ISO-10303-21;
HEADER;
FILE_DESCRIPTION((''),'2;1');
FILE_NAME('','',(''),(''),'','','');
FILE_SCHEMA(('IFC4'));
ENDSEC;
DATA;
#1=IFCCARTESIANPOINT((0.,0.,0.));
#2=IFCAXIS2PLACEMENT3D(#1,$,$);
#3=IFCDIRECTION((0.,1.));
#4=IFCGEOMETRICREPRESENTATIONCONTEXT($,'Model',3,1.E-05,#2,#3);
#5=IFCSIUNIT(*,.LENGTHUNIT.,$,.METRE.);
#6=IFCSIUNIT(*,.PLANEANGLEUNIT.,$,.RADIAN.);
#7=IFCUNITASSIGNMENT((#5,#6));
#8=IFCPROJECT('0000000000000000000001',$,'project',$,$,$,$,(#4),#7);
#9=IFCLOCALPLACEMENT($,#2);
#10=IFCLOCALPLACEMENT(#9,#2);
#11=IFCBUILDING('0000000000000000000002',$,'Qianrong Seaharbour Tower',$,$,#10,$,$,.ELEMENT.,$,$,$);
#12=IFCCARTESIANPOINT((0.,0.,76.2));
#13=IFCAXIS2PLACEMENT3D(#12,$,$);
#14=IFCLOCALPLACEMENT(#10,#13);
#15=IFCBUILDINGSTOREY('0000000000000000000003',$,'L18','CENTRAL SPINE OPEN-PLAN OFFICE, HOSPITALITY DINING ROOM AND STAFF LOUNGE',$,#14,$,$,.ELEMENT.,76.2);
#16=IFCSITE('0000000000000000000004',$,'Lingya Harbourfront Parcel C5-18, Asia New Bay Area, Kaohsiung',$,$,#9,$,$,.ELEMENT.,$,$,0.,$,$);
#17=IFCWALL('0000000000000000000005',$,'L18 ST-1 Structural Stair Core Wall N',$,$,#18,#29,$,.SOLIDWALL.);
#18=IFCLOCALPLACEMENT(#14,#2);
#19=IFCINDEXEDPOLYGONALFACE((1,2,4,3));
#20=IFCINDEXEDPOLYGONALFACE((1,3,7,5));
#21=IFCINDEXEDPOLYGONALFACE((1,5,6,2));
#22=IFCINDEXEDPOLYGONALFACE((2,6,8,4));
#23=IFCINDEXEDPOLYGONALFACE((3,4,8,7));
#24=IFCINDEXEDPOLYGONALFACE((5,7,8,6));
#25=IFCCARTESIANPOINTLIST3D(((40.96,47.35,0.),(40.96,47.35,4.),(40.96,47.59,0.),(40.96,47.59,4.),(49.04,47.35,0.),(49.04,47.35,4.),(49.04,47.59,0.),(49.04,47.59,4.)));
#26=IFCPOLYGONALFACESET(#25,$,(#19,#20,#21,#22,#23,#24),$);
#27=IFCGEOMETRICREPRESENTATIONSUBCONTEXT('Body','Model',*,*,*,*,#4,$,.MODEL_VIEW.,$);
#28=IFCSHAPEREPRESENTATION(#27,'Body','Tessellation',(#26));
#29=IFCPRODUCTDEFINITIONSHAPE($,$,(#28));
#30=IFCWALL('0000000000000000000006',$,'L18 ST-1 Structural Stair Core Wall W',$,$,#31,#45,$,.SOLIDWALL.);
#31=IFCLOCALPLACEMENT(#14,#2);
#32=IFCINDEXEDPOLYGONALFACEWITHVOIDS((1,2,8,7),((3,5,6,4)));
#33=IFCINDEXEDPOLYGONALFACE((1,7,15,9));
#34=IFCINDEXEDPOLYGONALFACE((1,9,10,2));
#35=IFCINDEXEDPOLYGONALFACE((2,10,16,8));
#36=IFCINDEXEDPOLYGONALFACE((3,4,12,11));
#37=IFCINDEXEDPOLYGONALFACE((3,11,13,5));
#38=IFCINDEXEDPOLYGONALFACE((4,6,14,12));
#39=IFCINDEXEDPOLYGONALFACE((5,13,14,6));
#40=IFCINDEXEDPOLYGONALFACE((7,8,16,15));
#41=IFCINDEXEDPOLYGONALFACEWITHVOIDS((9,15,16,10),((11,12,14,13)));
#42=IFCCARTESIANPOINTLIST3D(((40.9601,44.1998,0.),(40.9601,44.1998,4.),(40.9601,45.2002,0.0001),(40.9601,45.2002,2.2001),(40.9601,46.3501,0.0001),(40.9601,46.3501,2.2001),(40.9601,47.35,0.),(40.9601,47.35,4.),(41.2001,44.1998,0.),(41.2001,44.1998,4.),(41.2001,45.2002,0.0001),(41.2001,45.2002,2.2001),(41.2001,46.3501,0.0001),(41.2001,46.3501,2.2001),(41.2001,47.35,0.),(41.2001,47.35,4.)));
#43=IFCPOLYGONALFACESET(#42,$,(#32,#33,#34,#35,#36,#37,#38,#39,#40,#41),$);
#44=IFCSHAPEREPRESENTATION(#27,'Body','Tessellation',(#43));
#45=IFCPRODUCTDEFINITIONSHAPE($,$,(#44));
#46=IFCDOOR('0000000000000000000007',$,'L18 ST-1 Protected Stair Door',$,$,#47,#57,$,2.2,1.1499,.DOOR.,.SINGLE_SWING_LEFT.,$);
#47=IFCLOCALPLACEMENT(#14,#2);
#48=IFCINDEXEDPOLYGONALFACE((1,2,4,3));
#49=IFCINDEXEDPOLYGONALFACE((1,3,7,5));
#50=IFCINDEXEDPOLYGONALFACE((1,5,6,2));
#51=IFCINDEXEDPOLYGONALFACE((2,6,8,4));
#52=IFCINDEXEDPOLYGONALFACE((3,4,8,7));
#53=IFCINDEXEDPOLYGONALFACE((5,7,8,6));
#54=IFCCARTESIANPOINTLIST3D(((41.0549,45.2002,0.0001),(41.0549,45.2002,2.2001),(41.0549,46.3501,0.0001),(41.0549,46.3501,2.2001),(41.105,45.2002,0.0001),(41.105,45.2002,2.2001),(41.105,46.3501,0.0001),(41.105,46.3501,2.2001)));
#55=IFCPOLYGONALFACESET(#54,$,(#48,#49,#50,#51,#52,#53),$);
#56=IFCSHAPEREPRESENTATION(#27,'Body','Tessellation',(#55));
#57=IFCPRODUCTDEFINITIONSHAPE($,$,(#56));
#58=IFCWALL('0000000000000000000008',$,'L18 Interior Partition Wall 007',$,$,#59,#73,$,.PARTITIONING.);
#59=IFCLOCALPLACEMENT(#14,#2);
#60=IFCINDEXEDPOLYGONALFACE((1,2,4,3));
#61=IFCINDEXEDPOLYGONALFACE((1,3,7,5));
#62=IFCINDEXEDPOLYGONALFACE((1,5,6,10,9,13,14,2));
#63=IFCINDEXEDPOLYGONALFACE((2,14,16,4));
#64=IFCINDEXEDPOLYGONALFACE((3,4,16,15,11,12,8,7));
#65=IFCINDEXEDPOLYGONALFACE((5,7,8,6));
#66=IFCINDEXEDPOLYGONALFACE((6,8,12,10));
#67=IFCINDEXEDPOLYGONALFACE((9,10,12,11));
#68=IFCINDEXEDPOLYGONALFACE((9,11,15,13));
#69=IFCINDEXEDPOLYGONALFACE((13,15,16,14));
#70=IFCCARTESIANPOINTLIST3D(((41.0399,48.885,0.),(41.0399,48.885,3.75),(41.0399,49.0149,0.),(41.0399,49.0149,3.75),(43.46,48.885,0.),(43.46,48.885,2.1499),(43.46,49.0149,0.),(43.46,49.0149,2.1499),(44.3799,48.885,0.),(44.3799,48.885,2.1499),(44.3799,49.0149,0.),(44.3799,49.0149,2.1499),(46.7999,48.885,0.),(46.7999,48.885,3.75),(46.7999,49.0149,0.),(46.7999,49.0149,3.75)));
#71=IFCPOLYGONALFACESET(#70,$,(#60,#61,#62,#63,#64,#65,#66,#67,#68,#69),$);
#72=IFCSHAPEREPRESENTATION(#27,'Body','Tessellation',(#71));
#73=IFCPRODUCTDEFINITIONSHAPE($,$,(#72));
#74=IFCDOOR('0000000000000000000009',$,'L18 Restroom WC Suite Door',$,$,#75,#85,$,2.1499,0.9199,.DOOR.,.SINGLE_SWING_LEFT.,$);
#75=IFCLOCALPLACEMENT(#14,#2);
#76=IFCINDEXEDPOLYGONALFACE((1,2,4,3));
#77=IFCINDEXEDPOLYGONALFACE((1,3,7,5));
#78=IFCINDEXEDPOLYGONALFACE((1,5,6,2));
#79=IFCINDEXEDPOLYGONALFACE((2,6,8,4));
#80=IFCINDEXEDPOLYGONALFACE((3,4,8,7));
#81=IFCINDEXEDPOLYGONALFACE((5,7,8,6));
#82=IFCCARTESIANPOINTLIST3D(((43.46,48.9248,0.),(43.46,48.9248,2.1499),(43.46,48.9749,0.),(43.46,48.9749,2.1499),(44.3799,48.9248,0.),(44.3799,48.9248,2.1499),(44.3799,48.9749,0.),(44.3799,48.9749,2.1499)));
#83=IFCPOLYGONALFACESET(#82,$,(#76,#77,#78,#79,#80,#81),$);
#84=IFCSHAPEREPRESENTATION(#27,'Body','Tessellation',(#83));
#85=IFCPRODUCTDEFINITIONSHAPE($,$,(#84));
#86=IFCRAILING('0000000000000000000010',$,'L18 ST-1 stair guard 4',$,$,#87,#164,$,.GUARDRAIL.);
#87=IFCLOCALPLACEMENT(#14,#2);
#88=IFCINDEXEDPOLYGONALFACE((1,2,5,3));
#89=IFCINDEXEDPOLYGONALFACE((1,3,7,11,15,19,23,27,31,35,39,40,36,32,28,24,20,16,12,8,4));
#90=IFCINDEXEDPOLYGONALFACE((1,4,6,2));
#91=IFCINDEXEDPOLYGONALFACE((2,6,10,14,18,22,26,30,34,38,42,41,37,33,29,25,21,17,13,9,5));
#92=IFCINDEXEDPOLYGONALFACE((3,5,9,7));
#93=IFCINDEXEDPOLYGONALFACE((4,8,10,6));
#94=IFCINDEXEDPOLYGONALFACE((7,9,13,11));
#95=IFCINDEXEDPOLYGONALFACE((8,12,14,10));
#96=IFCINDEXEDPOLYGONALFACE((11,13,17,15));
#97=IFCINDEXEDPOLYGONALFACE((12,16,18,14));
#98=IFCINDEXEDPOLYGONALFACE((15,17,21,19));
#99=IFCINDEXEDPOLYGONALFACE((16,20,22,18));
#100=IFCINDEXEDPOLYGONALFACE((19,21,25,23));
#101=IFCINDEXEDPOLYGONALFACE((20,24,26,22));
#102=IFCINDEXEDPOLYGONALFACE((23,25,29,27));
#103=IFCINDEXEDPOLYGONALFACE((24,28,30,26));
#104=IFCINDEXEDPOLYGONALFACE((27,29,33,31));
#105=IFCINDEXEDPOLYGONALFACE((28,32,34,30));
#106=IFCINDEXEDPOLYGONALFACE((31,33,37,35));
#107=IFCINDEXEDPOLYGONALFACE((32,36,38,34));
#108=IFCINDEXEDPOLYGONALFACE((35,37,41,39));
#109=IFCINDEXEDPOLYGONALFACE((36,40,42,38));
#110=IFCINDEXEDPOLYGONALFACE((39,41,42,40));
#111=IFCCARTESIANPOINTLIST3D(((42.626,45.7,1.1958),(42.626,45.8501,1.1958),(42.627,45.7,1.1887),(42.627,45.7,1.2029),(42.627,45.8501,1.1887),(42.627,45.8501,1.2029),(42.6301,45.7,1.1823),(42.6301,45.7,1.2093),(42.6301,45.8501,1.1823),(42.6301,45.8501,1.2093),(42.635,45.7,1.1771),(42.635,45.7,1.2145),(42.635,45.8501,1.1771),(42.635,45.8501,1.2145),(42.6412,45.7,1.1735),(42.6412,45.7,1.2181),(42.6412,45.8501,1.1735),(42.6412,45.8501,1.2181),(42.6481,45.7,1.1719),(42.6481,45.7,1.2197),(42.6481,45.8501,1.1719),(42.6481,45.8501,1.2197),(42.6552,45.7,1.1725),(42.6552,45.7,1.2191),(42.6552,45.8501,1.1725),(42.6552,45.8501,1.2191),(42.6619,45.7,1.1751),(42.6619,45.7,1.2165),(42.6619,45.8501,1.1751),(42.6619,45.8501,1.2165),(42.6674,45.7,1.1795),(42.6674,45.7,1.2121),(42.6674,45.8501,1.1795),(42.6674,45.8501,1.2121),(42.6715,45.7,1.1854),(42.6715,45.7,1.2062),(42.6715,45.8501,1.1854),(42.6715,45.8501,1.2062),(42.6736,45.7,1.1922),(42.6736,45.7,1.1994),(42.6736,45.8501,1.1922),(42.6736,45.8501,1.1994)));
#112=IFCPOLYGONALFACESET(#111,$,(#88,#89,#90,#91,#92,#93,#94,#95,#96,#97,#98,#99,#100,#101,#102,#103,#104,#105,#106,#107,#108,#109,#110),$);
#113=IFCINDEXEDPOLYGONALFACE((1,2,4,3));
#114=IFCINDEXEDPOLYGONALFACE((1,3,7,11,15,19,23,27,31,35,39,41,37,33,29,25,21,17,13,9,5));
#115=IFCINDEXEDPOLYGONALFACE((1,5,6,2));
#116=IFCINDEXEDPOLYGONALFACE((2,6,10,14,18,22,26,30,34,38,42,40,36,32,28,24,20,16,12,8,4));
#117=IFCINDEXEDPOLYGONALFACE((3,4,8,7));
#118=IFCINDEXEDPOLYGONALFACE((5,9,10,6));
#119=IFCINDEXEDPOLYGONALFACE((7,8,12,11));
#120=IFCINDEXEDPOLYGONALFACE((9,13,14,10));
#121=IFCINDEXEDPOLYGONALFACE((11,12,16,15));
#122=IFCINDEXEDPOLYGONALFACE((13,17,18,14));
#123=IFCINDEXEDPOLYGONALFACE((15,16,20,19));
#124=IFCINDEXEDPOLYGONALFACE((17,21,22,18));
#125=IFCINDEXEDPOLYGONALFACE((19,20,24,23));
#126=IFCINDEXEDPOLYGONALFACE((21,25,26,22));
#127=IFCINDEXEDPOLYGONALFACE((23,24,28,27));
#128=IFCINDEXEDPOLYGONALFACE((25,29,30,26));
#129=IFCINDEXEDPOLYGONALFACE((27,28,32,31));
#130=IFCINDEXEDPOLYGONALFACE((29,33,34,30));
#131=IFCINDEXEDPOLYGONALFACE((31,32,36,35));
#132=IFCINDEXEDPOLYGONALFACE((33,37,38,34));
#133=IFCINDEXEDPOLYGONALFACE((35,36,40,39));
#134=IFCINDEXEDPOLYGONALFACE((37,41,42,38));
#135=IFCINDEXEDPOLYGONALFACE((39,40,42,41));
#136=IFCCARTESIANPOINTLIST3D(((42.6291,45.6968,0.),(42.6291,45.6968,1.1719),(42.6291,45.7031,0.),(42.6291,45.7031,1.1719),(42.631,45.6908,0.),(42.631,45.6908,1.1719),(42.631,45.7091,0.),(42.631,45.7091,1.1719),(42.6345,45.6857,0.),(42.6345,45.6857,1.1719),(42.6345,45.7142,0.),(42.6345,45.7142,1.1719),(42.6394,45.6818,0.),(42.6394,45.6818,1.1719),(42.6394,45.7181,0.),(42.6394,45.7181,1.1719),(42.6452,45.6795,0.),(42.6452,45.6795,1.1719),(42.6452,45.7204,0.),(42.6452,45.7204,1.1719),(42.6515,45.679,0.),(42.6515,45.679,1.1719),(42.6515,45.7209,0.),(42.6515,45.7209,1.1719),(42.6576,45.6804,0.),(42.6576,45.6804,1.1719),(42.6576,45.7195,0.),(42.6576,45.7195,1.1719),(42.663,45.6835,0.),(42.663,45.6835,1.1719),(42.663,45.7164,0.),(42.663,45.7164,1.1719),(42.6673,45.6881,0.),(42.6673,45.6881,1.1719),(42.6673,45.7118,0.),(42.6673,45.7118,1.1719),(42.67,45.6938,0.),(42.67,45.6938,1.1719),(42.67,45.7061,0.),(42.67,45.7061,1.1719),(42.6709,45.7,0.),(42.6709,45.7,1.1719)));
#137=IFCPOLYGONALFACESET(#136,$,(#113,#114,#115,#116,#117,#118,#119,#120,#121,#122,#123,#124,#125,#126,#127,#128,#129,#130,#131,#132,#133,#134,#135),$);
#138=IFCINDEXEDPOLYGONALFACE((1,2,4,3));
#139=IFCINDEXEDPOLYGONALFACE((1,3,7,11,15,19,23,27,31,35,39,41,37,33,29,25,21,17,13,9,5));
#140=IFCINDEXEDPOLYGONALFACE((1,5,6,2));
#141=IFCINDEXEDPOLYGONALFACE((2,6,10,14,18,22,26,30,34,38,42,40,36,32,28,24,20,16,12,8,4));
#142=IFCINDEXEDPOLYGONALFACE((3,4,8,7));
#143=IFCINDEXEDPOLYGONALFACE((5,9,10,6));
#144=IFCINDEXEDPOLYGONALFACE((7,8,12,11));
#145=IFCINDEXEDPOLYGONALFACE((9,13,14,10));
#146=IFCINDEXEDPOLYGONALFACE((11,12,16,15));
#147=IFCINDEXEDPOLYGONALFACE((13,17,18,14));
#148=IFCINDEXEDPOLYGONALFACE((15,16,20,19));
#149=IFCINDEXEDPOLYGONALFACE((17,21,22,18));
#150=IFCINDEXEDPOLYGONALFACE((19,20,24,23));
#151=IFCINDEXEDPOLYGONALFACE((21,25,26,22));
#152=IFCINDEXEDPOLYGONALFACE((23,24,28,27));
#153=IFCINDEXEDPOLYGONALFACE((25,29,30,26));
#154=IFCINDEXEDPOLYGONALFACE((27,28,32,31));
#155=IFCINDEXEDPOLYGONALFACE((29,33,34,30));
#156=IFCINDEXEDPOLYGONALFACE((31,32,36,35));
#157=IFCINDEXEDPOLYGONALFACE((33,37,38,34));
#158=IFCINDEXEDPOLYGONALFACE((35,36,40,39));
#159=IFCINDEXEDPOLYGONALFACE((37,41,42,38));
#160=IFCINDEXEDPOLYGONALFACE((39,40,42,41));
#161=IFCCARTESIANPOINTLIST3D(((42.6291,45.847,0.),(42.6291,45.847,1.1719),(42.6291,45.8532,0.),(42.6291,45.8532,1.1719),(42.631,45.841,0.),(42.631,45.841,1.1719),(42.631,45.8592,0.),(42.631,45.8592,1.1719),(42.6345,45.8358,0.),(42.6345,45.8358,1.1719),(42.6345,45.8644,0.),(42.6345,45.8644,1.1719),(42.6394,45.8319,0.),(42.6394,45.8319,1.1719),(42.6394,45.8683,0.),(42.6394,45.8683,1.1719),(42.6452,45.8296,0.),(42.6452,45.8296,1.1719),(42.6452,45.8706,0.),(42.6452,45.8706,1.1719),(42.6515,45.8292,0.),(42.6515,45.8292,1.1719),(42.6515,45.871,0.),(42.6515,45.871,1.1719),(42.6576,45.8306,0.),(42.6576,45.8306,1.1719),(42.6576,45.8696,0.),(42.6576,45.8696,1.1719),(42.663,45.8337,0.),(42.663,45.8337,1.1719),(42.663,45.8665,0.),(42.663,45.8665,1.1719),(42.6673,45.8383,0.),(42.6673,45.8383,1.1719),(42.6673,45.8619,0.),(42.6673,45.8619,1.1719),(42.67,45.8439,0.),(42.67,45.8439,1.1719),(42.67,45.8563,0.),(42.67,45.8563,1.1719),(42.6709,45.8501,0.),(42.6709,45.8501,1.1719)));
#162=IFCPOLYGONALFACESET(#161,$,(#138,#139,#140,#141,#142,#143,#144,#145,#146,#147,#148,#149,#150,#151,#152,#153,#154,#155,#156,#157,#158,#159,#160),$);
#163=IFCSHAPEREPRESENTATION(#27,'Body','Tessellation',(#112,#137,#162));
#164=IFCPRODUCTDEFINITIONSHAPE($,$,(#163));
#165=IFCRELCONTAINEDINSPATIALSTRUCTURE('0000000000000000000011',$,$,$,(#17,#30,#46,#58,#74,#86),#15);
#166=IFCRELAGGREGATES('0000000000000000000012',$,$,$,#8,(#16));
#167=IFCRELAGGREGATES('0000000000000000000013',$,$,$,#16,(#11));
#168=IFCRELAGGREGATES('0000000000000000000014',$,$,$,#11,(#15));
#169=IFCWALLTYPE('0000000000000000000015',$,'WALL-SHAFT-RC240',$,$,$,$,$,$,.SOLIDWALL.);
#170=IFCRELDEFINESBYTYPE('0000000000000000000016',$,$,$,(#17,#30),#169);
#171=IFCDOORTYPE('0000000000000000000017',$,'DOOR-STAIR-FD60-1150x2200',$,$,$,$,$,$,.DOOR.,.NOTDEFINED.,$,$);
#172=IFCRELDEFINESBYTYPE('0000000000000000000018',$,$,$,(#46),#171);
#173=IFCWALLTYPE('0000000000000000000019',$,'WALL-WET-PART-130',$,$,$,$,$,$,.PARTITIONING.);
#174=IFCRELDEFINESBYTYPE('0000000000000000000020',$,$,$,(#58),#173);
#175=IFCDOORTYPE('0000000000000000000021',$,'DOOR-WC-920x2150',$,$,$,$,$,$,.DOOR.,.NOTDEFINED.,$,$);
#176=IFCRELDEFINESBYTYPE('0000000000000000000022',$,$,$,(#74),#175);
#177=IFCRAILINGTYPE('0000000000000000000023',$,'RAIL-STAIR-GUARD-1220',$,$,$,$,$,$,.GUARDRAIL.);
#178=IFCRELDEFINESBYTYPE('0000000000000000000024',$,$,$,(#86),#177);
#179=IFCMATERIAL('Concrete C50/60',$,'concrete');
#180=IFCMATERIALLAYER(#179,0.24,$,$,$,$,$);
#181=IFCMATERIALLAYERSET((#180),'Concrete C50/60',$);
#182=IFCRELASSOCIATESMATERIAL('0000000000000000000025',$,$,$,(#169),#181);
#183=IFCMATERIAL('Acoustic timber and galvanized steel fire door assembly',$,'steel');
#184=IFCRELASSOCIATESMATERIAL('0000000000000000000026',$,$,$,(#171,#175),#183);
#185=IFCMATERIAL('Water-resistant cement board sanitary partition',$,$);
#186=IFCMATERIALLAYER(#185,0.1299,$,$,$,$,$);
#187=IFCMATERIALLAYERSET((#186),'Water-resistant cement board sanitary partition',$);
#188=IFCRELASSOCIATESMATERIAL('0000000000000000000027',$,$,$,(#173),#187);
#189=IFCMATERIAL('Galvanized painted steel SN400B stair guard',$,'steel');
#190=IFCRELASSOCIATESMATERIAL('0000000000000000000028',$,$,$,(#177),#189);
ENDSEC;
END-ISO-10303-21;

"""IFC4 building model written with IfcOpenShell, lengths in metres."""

from ifc_helpers import new_model, si_unit, direction, frame, frame_2d, origin, origin_2d, place, context, subcontext, project, spatial, rectangle, circle, extrude, material, layer, layer_set, type_object, element, fill, save


model = new_model("IFC4")

# Units and contexts
model_context = context("Model", 3, precision=1e-05, world=origin(), true_north=direction((0.0, 1.0)))
body_context = subcontext(model_context, "Body", "Model", "MODEL_VIEW")
ifc_project = project(units=[si_unit("LENGTHUNIT", "METRE"), si_unit("PLANEANGLEUNIT", "RADIAN")], contexts=[model_context])

# Site, building, storey
site_placement = place(None, origin())
site = spatial("IfcSite", under=ifc_project, at=site_placement, Name="Lingya Harbourfront Parcel C5-18, Asia New Bay Area, Kaohsiung", CompositionType="ELEMENT", RefElevation=0.0)
building_placement = place(site_placement, origin())
building = spatial("IfcBuilding", under=site, at=building_placement, Name="Qianrong Seaharbour Tower", CompositionType="ELEMENT")
storey_placement = place(building_placement, frame((0.0, 0.0, 76.2)))
storey = spatial("IfcBuildingStorey", under=building, at=storey_placement, Name="L18", Description="CENTRAL SPINE OPEN-PLAN OFFICE, HOSPITALITY DINING ROOM AND STAFF LOUNGE", CompositionType="ELEMENT", Elevation=76.2)

# Shared definitions
ifc_material_1 = material(Name="Acoustic timber and galvanized steel fire door assembly", Category="steel")

# Wall
ifc_material_2 = material(Name="Concrete C50/60", Category="concrete")
ifc_layer_1 = layer(ifc_material_2, 0.24)
ifc_layer_set_1 = layer_set([ifc_layer_1], Name="Concrete C50/60")
wall_type_1 = type_object("IfcWallType", Name="WALL-SHAFT-RC240", PredefinedType="SOLIDWALL", material=ifc_layer_set_1)
wall_1_placement = place(storey_placement, frame((40.96, 47.47, 0.0), z_axis=(0.0, 0.0, 1.0), x_axis=(1.0, 0.0, 0.0)))
element("IfcWall", 1, at=wall_1_placement, inside=storey, type_object=wall_type_1, Name="L18 ST-1 Structural Stair Core Wall N", PredefinedType="SOLIDWALL", context=body_context, shape_type="SweptSolid", body=[
    extrude(rectangle(XDim=8.0801, YDim=0.24, at=frame_2d((4.04, 0.0))), origin(), (0.0, 0.0, 1.0), 4.0),
])

# Walls, openings, doors
wall_2_placement = place(storey_placement, frame((41.0801, 47.3501, 0.0), z_axis=(0.0, 0.0, 1.0), x_axis=(0.0, -1.0, 0.0)))
wall_2 = element("IfcWall", 2, at=wall_2_placement, inside=storey, type_object=wall_type_1, Name="L18 ST-1 Structural Stair Core Wall W", PredefinedType="SOLIDWALL", context=body_context, shape_type="SweptSolid", body=[
    extrude(rectangle(XDim=3.1501, YDim=0.24, at=frame_2d((1.5752, 0.0))), origin(), (0.0, 0.0, 1.0), 4.0),
])
opening_1_placement = place(wall_2_placement, frame((1.0, 0.0, 0.0)))
opening_1 = element("IfcOpeningElement", 3, at=opening_1_placement, cuts=wall_2, PredefinedType="OPENING", context=body_context, shape_type="SweptSolid", body=[
    extrude(rectangle(XDim=1.1499, YDim=2.2, at=frame_2d((0.575, 1.1001))), frame((0.0, 0.1299, 0.0), z_axis=(0.0, -1.0, 0.0), x_axis=(1.0, 0.0, 0.0)), (0.0, 0.0, 1.0), 0.26),
])
door_type_1 = type_object("IfcDoorType", Name="DOOR-STAIR-FD60-1150x2200", OperationType="NOTDEFINED", PredefinedType="DOOR", material=ifc_material_1)
door_1_placement = place(opening_1_placement, origin())
door_1 = element("IfcDoor", 4, at=door_1_placement, inside=storey, type_object=door_type_1, Name="L18 ST-1 Protected Stair Door", OperationType="SINGLE_SWING_LEFT", OverallHeight=2.2, OverallWidth=1.1499, PredefinedType="DOOR", context=body_context, shape_type="SweptSolid", body=[
    extrude(rectangle(XDim=1.1499, YDim=2.2, at=frame_2d((0.575, 1.1001))), frame((0.0, 0.0249, 0.0), z_axis=(0.0, -1.0, 0.0), x_axis=(1.0, 0.0, 0.0)), (0.0, 0.0, 1.0), 0.05),
])
fill(opening_1, door_1)
ifc_material_3 = material(Name="Water-resistant cement board sanitary partition")
ifc_layer_2 = layer(ifc_material_3, 0.1299)
ifc_layer_set_2 = layer_set([ifc_layer_2], Name="Water-resistant cement board sanitary partition")
wall_type_2 = type_object("IfcWallType", Name="WALL-WET-PART-130", PredefinedType="PARTITIONING", material=ifc_layer_set_2)
wall_3_placement = place(storey_placement, frame((41.04, 48.95, 0.0), z_axis=(0.0, 0.0, 1.0), x_axis=(1.0, 0.0, 0.0)))
wall_3 = element("IfcWall", 5, at=wall_3_placement, inside=storey, type_object=wall_type_2, Name="L18 Interior Partition Wall 007", PredefinedType="PARTITIONING", context=body_context, shape_type="SweptSolid", body=[
    extrude(rectangle(XDim=5.76, YDim=0.1299, at=frame_2d((2.8799, 0.0))), origin(), (0.0, 0.0, 1.0), 3.75),
])
opening_2_placement = place(wall_3_placement, frame((2.4199, 0.0, 0.0)))
opening_2 = element("IfcOpeningElement", 6, at=opening_2_placement, cuts=wall_3, PredefinedType="OPENING", context=body_context, shape_type="SweptSolid", body=[
    extrude(rectangle(XDim=0.9199, YDim=2.1499, at=frame_2d((0.46, 1.075))), frame((0.0, 0.075, 0.0), z_axis=(0.0, -1.0, 0.0), x_axis=(1.0, 0.0, 0.0)), (0.0, 0.0, 1.0), 0.1499),
])
door_type_2 = type_object("IfcDoorType", Name="DOOR-WC-920x2150", OperationType="NOTDEFINED", PredefinedType="DOOR", material=ifc_material_1)
door_2_placement = place(opening_2_placement, origin())
door_2 = element("IfcDoor", 7, at=door_2_placement, inside=storey, type_object=door_type_2, Name="L18 Restroom WC Suite Door", OperationType="SINGLE_SWING_LEFT", OverallHeight=2.1499, OverallWidth=0.9199, PredefinedType="DOOR", context=body_context, shape_type="SweptSolid", body=[
    extrude(rectangle(XDim=0.9199, YDim=2.1499, at=frame_2d((0.46, 1.075))), frame((0.0, 0.0249, 0.0), z_axis=(0.0, -1.0, 0.0), x_axis=(1.0, 0.0, 0.0)), (0.0, 0.0, 1.0), 0.05),
])
fill(opening_2, door_2)

# Railing
ifc_material_4 = material(Name="Galvanized painted steel SN400B stair guard", Category="steel")
railing_type = type_object("IfcRailingType", Name="RAIL-STAIR-GUARD-1220", PredefinedType="GUARDRAIL", material=ifc_material_4)
railing_placement = place(storey_placement, frame((42.6499, 45.7, 0.0)))
element("IfcRailing", 8, at=railing_placement, inside=storey, type_object=railing_type, Name="L18 ST-1 stair guard 4", PredefinedType="GUARDRAIL", context=body_context, shape_type="SweptSolid", body=[
    extrude(circle(Radius=0.0239, at=origin_2d()), frame((0.0, 0.0, 1.1958), z_axis=(0.0, 1.0, 0.0), x_axis=(-1.0, 0.0, 0.0)), (0.0, 0.0, 1.0), 0.1501),
    extrude(circle(Radius=0.021, at=origin_2d()), origin(), (0.0, 0.0, 1.0), 1.1719),
    extrude(circle(Radius=0.021, at=origin_2d()), frame((0.0, 0.1501, 0.0)), (0.0, 0.0, 1.0), 1.1719),
])

save(model, "model.ifc")
